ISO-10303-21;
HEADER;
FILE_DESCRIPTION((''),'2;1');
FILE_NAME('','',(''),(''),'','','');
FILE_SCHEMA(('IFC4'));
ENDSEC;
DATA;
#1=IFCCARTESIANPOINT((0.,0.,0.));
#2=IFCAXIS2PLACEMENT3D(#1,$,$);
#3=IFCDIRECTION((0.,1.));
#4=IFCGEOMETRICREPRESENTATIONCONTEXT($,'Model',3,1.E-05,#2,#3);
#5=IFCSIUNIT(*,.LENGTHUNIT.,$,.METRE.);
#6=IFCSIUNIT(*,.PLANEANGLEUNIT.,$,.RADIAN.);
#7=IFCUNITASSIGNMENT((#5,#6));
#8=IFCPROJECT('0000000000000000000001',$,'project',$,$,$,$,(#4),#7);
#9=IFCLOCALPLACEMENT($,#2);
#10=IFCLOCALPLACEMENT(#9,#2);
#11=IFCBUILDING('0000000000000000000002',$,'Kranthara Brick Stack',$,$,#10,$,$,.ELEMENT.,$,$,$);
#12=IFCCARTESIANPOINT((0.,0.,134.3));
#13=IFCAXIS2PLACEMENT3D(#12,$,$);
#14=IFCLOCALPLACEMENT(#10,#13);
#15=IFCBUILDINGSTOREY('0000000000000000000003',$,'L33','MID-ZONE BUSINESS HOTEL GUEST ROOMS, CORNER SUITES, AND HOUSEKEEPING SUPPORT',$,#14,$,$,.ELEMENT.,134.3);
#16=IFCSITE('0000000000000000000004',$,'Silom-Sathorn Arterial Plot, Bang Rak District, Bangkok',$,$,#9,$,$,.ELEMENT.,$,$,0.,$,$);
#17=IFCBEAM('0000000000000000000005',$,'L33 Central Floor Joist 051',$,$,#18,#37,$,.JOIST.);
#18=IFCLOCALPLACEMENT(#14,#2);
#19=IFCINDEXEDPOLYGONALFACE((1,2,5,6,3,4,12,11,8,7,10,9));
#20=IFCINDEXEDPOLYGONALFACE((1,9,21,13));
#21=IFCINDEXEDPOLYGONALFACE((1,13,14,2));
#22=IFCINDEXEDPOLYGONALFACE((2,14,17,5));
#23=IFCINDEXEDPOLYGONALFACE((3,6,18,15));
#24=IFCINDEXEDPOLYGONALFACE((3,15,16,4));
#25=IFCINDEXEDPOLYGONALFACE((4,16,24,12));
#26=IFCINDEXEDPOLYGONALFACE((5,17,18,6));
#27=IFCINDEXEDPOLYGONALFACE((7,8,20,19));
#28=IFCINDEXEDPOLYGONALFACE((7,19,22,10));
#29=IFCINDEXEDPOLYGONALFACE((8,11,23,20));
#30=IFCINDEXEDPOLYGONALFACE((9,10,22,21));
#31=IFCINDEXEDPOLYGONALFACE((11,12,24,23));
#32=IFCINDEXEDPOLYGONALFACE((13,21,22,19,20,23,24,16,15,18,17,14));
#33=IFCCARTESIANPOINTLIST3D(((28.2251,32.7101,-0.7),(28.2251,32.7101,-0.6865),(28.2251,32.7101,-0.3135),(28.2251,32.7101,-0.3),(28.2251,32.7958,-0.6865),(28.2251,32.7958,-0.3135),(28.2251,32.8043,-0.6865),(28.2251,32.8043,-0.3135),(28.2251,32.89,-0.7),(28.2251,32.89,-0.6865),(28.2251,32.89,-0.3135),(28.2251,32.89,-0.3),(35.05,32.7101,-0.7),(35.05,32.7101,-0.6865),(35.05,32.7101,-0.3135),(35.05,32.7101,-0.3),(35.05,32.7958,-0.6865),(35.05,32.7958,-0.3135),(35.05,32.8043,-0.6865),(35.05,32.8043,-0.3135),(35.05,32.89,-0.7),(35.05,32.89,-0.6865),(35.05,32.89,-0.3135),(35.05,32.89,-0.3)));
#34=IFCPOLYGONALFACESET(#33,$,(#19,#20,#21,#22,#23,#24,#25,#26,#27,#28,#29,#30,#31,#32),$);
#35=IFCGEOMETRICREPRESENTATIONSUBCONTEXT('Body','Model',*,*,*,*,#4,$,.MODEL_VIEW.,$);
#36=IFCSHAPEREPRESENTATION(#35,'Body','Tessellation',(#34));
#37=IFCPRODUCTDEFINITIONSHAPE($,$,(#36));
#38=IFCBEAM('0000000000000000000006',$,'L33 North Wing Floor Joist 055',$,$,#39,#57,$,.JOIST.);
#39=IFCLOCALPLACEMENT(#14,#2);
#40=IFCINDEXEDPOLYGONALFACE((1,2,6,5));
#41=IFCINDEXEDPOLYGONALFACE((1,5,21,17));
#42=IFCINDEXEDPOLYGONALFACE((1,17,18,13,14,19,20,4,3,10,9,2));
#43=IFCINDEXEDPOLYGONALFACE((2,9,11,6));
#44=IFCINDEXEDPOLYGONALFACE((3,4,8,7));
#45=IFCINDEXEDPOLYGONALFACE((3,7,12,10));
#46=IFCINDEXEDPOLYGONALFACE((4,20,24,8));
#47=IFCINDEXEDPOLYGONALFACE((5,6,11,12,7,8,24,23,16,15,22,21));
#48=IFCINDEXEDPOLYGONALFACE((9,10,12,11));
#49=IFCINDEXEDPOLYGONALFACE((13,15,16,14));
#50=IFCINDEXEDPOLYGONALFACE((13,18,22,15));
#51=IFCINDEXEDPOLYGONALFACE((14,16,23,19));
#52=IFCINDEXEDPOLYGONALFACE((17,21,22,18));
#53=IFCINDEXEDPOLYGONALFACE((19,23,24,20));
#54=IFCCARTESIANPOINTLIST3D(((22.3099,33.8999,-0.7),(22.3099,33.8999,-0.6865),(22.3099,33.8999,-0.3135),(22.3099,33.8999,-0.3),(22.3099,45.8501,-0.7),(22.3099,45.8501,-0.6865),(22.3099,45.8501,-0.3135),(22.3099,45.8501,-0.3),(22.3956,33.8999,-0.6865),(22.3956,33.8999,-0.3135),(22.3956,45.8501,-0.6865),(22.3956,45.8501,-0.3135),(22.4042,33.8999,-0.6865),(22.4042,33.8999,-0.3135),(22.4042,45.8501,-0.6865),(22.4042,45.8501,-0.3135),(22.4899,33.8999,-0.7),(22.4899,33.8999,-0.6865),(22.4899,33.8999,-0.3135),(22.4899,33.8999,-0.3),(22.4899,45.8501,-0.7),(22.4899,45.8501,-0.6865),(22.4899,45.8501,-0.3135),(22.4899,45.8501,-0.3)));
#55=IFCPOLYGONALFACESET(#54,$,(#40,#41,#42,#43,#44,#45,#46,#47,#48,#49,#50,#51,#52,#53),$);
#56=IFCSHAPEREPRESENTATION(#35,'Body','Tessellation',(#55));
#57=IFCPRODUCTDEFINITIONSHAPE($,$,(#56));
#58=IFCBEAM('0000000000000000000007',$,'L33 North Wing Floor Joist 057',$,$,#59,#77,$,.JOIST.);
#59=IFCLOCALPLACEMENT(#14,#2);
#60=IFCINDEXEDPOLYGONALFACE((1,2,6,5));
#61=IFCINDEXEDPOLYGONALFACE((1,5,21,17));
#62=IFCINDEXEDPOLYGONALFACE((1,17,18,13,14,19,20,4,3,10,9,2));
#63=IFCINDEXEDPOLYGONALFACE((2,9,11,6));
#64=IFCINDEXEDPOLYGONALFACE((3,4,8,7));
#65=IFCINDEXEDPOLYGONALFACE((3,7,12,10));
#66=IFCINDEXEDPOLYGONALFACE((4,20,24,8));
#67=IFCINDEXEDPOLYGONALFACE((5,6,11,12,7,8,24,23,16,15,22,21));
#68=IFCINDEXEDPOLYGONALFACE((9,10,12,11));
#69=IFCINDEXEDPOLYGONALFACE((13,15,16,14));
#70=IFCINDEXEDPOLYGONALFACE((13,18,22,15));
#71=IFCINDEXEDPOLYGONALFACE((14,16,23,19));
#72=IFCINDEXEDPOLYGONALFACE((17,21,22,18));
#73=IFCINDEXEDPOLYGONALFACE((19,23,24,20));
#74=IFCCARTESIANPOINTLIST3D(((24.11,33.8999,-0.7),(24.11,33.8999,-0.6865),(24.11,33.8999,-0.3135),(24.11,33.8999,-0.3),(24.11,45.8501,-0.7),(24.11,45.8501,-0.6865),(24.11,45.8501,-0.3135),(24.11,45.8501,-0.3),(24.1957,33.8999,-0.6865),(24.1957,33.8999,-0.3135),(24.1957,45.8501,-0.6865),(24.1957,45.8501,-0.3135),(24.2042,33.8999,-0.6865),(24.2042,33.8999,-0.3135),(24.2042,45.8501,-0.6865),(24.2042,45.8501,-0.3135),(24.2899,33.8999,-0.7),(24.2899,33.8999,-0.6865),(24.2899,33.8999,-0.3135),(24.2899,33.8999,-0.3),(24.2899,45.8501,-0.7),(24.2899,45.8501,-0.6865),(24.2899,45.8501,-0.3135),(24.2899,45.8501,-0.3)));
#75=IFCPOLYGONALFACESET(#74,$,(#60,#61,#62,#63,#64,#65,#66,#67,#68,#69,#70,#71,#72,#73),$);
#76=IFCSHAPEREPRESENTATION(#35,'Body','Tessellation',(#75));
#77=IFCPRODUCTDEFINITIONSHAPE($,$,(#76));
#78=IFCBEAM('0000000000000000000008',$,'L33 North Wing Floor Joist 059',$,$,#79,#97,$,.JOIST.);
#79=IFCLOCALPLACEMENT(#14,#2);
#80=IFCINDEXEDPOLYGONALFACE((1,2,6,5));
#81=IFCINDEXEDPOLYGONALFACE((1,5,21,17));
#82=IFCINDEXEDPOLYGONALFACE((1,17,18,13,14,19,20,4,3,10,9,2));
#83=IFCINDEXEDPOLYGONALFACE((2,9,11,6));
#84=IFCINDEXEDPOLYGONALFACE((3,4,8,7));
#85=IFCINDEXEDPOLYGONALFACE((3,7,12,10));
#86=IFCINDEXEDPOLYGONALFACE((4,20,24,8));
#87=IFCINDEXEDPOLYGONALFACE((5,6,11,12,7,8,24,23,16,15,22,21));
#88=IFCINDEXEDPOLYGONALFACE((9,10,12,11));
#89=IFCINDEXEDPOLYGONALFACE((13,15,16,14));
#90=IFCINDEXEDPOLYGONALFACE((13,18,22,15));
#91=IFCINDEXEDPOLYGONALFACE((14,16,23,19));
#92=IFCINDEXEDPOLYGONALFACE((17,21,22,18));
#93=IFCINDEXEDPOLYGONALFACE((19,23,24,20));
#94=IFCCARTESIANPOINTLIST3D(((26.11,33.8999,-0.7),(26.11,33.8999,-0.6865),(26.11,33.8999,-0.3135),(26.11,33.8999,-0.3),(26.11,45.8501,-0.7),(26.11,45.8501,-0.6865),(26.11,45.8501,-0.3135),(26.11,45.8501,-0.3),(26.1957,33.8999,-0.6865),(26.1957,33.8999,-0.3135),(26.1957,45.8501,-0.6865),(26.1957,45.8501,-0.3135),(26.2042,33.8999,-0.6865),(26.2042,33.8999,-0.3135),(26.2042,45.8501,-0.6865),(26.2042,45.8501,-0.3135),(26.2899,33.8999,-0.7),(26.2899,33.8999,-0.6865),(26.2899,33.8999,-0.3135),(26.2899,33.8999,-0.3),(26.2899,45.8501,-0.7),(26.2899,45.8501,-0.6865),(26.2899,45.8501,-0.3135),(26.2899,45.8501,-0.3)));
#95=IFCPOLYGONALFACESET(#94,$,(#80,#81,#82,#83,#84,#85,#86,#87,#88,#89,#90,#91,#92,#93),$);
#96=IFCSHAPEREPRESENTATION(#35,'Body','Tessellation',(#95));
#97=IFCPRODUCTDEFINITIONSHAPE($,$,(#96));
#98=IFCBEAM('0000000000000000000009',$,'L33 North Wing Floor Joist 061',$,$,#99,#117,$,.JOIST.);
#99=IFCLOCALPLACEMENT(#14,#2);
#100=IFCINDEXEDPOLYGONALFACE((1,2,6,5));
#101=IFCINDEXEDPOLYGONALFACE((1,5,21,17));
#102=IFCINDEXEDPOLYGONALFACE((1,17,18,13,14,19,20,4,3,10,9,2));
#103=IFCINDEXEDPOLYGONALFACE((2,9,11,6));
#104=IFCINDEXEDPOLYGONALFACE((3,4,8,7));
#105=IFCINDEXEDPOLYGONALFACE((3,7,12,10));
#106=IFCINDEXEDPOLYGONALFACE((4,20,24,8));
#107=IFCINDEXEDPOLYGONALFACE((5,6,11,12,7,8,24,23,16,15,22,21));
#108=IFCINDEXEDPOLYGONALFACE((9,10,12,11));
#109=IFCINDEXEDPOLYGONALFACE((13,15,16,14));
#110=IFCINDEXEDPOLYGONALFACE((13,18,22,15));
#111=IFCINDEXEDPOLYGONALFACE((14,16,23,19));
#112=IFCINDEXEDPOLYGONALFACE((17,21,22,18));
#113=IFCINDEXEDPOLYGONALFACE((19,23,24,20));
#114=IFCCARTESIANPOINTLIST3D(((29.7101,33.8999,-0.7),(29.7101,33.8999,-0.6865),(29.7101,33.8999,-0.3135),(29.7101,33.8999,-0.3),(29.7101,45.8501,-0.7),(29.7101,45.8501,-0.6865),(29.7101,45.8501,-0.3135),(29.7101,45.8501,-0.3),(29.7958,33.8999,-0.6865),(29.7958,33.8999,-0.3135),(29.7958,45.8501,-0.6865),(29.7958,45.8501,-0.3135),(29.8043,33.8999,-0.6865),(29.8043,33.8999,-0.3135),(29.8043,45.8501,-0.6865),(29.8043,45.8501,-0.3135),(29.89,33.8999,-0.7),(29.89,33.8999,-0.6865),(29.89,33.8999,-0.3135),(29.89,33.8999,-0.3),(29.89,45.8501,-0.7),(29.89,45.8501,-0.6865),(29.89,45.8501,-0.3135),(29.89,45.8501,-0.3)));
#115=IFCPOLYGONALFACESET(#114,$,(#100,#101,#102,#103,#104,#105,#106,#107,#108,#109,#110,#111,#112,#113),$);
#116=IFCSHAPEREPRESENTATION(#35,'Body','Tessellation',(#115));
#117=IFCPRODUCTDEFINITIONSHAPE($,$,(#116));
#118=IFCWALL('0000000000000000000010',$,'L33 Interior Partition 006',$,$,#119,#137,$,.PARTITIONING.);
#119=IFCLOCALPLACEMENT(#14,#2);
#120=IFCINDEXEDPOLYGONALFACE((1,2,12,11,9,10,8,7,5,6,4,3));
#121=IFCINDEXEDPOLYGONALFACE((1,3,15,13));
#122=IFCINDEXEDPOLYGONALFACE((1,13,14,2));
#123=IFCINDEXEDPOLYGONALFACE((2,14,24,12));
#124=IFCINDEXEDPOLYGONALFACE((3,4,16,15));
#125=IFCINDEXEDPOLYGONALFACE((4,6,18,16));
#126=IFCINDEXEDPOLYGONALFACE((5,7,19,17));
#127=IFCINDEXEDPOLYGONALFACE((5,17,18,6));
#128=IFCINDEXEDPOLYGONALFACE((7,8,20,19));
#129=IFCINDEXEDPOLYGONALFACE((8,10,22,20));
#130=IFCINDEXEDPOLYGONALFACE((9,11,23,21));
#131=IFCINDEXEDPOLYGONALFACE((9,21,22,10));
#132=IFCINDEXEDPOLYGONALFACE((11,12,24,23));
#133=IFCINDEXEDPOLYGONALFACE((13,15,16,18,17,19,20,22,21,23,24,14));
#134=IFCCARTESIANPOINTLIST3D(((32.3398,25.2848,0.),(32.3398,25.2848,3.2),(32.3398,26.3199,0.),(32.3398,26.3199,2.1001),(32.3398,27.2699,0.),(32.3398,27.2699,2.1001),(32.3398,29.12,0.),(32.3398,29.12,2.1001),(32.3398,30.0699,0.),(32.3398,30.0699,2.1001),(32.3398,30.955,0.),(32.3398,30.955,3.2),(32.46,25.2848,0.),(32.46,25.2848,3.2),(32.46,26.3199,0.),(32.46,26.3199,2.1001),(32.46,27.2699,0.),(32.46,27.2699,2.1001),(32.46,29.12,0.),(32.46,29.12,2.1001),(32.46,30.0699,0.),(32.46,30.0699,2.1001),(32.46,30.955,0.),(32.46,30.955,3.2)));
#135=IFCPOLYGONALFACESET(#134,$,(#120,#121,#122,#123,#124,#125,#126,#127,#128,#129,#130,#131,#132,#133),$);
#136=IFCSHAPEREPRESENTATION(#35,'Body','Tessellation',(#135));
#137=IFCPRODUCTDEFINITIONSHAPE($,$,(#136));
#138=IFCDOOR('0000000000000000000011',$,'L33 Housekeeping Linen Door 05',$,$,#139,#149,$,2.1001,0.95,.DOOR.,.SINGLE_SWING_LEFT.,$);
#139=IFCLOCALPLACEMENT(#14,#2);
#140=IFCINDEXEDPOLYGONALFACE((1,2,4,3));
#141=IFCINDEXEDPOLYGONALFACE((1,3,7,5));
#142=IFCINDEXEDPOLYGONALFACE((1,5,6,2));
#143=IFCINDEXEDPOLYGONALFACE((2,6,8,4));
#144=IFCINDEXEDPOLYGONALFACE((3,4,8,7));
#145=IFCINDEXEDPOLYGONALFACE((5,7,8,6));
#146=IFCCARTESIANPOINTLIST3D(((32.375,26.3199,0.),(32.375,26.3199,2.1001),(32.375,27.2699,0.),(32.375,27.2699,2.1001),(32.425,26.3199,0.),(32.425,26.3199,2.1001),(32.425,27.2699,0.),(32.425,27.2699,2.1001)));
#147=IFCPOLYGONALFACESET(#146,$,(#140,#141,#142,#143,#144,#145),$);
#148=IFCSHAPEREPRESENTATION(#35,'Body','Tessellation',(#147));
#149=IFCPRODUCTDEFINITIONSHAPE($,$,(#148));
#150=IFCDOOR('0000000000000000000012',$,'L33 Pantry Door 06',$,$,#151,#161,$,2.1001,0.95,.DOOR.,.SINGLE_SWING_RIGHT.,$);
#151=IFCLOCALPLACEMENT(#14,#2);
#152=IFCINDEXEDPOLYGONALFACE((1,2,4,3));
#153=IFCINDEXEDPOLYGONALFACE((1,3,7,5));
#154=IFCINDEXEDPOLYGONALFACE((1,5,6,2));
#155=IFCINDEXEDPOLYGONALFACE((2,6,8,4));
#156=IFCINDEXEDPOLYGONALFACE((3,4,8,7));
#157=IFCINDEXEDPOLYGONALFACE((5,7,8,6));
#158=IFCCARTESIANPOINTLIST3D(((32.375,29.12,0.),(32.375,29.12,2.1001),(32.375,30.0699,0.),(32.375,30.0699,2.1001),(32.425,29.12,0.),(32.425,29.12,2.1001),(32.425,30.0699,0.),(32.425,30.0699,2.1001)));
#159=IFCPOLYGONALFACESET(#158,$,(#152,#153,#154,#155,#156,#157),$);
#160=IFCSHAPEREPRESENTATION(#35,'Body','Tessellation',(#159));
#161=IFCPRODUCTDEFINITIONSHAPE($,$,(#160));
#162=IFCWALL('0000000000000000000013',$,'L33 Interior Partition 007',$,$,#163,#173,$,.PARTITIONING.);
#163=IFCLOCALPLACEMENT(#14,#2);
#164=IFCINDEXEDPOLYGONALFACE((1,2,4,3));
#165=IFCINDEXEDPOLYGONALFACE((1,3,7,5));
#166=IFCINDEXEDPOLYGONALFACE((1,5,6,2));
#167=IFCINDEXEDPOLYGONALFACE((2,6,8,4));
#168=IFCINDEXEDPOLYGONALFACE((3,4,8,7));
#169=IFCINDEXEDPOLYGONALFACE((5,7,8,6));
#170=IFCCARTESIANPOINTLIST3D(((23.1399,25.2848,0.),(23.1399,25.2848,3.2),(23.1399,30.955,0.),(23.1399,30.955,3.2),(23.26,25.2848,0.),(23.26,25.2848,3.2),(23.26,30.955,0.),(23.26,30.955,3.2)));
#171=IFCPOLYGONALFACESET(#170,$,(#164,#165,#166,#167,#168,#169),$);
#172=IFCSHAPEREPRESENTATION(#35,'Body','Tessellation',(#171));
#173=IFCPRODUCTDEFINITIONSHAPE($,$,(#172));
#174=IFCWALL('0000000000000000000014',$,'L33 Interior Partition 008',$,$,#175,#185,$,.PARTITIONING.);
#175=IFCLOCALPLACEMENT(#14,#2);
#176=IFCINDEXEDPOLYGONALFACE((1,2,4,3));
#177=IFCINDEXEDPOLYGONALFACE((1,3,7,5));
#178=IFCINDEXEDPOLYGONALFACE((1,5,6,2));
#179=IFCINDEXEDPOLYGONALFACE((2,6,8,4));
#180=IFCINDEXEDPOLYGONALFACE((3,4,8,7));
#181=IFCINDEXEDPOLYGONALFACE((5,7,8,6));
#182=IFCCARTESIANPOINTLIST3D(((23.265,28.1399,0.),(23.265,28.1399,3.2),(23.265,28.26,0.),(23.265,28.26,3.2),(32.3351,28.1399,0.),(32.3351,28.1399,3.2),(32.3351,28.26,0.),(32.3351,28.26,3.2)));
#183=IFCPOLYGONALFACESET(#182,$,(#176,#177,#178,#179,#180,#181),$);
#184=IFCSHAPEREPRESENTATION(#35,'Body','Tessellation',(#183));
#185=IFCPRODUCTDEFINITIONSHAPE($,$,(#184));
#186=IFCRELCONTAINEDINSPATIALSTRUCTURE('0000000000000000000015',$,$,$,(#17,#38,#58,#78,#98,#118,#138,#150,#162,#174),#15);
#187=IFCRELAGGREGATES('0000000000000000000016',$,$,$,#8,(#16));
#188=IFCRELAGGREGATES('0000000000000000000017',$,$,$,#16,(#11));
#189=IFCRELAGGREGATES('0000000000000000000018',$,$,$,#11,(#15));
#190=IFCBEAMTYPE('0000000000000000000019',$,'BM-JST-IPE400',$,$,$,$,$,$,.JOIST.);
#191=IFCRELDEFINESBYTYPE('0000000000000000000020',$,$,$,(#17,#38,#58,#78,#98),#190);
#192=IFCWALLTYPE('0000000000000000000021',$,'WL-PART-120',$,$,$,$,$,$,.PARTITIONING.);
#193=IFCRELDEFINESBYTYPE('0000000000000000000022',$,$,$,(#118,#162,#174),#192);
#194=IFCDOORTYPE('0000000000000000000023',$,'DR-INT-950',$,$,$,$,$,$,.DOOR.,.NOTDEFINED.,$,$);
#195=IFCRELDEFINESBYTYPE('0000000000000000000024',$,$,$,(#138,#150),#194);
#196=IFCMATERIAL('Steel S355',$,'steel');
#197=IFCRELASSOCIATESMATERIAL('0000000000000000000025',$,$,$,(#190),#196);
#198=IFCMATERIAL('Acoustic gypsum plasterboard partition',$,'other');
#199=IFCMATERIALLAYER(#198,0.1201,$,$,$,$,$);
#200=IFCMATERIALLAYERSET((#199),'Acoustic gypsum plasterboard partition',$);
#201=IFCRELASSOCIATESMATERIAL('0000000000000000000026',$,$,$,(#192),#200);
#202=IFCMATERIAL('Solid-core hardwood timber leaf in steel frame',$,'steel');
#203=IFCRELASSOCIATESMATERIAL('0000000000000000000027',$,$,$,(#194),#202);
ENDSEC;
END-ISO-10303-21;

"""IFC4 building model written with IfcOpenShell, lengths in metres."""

from ifc_helpers import new_model, si_unit, direction, frame, frame_2d, origin, origin_2d, place, context, subcontext, project, spatial, rectangle, i_section, extrude, material, layer, layer_set, material_profile, profile_set, type_object, element, fill, save


model = new_model("IFC4")

# Units and contexts
model_context = context("Model", 3, precision=1e-05, world=origin(), true_north=direction((0.0, 1.0)))
body_context = subcontext(model_context, "Body", "Model", "MODEL_VIEW")
ifc_project = project(units=[si_unit("LENGTHUNIT", "METRE"), si_unit("PLANEANGLEUNIT", "RADIAN")], contexts=[model_context])

# Site, building, storey
site_placement = place(None, origin())
site = spatial("IfcSite", under=ifc_project, at=site_placement, Name="Silom-Sathorn Arterial Plot, Bang Rak District, Bangkok", CompositionType="ELEMENT", RefElevation=0.0)
building_placement = place(site_placement, origin())
building = spatial("IfcBuilding", under=site, at=building_placement, Name="Kranthara Brick Stack", CompositionType="ELEMENT")
storey_placement = place(building_placement, frame((0.0, 0.0, 134.3)))
storey = spatial("IfcBuildingStorey", under=building, at=storey_placement, Name="L33", Description="MID-ZONE BUSINESS HOTEL GUEST ROOMS, CORNER SUITES, AND HOUSEKEEPING SUPPORT", CompositionType="ELEMENT", Elevation=134.3)

# Beams
ifc_material_1 = material(Name="Steel S355", Category="steel")
ifc_material_profile_1 = material_profile(ifc_material_1, i_section(OverallWidth=0.1799, OverallDepth=0.3999, WebThickness=0.0085, FlangeThickness=0.0134, at=origin_2d()), Name="IPE 400")
ifc_profile_set_1 = profile_set([ifc_material_profile_1], Name="Steel S355")
beam_type_1 = type_object("IfcBeamType", Name="BM-JST-IPE400", PredefinedType="JOIST", material=ifc_profile_set_1)
for number, where, z_axis, x_axis, name in (
    (1, (28.2251, 32.8, -0.5), (1.0, 0.0, 0.0), (0.0, 1.0, 0.0), "L33 Central Floor Joist 051"),
):
    element("IfcBeam", number, at=place(storey_placement, frame(where, z_axis=z_axis, x_axis=x_axis)), inside=storey, type_object=beam_type_1, Name=name, PredefinedType="JOIST", context=body_context, shape_type="SweptSolid", body=[
        extrude(i_section(OverallWidth=0.1799, OverallDepth=0.3999, WebThickness=0.0085, FlangeThickness=0.0134, at=origin_2d()), origin(), (0.0, 0.0, 1.0), 6.825),
    ])
for number, where, z_axis, x_axis, name in (
    (2, (22.3999, 33.8999, -0.5), (0.0, 1.0, 0.0), (-1.0, 0.0, 0.0), "L33 North Wing Floor Joist 055"),
    (3, (24.2, 33.8999, -0.5), (0.0, 1.0, 0.0), (-1.0, 0.0, 0.0), "L33 North Wing Floor Joist 057"),
    (4, (26.2, 33.8999, -0.5), (0.0, 1.0, 0.0), (-1.0, 0.0, 0.0), "L33 North Wing Floor Joist 059"),
    (5, (29.8, 33.8999, -0.5), (0.0, 1.0, 0.0), (-1.0, 0.0, 0.0), "L33 North Wing Floor Joist 061"),
):
    element("IfcBeam", number, at=place(storey_placement, frame(where, z_axis=z_axis, x_axis=x_axis)), inside=storey, type_object=beam_type_1, Name=name, PredefinedType="JOIST", context=body_context, shape_type="SweptSolid", body=[
        extrude(i_section(OverallWidth=0.1799, OverallDepth=0.3999, WebThickness=0.0085, FlangeThickness=0.0134, at=origin_2d()), origin(), (0.0, 0.0, 1.0), 11.9502),
    ])

# Wall, openings, doors
ifc_material_2 = material(Name="Acoustic gypsum plasterboard partition", Category="other")
ifc_layer = layer(ifc_material_2, 0.1201)
ifc_layer_set = layer_set([ifc_layer], Name="Acoustic gypsum plasterboard partition")
wall_type = type_object("IfcWallType", Name="WL-PART-120", PredefinedType="PARTITIONING", material=ifc_layer_set)
wall_1_placement = place(storey_placement, frame((32.3999, 25.2849, 0.0), z_axis=(0.0, 0.0, 1.0), x_axis=(0.0, 1.0, 0.0)))
wall_1 = element("IfcWall", 6, at=wall_1_placement, inside=storey, type_object=wall_type, Name="L33 Interior Partition 006", PredefinedType="PARTITIONING", context=body_context, shape_type="SweptSolid", body=[
    extrude(rectangle(XDim=5.6702, YDim=0.1201, at=frame_2d((2.835, 0.0))), origin(), (0.0, 0.0, 1.0), 3.2),
])
opening_1_placement = place(wall_1_placement, frame((1.0349, 0.0, 0.0)))
opening_1 = element("IfcOpeningElement", 7, at=opening_1_placement, cuts=wall_1, PredefinedType="OPENING", context=body_context, shape_type="SweptSolid", body=[
    extrude(rectangle(XDim=0.95, YDim=2.1001, at=frame_2d((0.4751, 1.05))), frame((0.0, 0.0701, 0.0), z_axis=(0.0, -1.0, 0.0), x_axis=(1.0, 0.0, 0.0)), (0.0, 0.0, 1.0), 0.1401),
])
opening_2_placement = place(wall_1_placement, frame((3.835, 0.0, 0.0)))
opening_2 = element("IfcOpeningElement", 8, at=opening_2_placement, cuts=wall_1, PredefinedType="OPENING", context=body_context, shape_type="SweptSolid", body=[
    extrude(rectangle(XDim=0.95, YDim=2.1001, at=frame_2d((0.4751, 1.05))), frame((0.0, 0.0701, 0.0), z_axis=(0.0, -1.0, 0.0), x_axis=(1.0, 0.0, 0.0)), (0.0, 0.0, 1.0), 0.1401),
])
ifc_material_3 = material(Name="Solid-core hardwood timber leaf in steel frame", Category="steel")
door_type = type_object("IfcDoorType", Name="DR-INT-950", OperationType="NOTDEFINED", PredefinedType="DOOR", material=ifc_material_3)
door_1_placement = place(opening_1_placement, origin())
door_1 = element("IfcDoor", 9, at=door_1_placement, inside=storey, type_object=door_type, Name="L33 Housekeeping Linen Door 05", OperationType="SINGLE_SWING_LEFT", OverallHeight=2.1001, OverallWidth=0.95, PredefinedType="DOOR", context=body_context, shape_type="SweptSolid", body=[
    extrude(rectangle(XDim=0.95, YDim=2.1001, at=frame_2d((0.4751, 1.05))), frame((0.0, 0.0249, 0.0), z_axis=(0.0, -1.0, 0.0), x_axis=(1.0, 0.0, 0.0)), (0.0, 0.0, 1.0), 0.05),
])
fill(opening_1, door_1)
door_2_placement = place(opening_2_placement, origin())
door_2 = element("IfcDoor", 10, at=door_2_placement, inside=storey, type_object=door_type, Name="L33 Pantry Door 06", OperationType="SINGLE_SWING_RIGHT", OverallHeight=2.1001, OverallWidth=0.95, PredefinedType="DOOR", context=body_context, shape_type="SweptSolid", body=[
    extrude(rectangle(XDim=0.95, YDim=2.1001, at=frame_2d((0.4751, 1.05))), frame((0.0, 0.0249, 0.0), z_axis=(0.0, -1.0, 0.0), x_axis=(1.0, 0.0, 0.0)), (0.0, 0.0, 1.0), 0.05),
])
fill(opening_2, door_2)

# Walls
wall_2_placement = place(storey_placement, frame((23.2, 25.2849, 0.0), z_axis=(0.0, 0.0, 1.0), x_axis=(0.0, 1.0, 0.0)))
element("IfcWall", 11, at=wall_2_placement, inside=storey, type_object=wall_type, Name="L33 Interior Partition 007", PredefinedType="PARTITIONING", context=body_context, shape_type="SweptSolid", body=[
    extrude(rectangle(XDim=5.6702, YDim=0.1201, at=frame_2d((2.835, 0.0))), origin(), (0.0, 0.0, 1.0), 3.2),
])
wall_3_placement = place(storey_placement, frame((23.2649, 28.2, 0.0), z_axis=(0.0, 0.0, 1.0), x_axis=(1.0, 0.0, 0.0)))
element("IfcWall", 12, at=wall_3_placement, inside=storey, type_object=wall_type, Name="L33 Interior Partition 008", PredefinedType="PARTITIONING", context=body_context, shape_type="SweptSolid", body=[
    extrude(rectangle(XDim=9.0701, YDim=0.1201, at=frame_2d((4.5352, 0.0))), origin(), (0.0, 0.0, 1.0), 3.2),
])

save(model, "model.ifc")
